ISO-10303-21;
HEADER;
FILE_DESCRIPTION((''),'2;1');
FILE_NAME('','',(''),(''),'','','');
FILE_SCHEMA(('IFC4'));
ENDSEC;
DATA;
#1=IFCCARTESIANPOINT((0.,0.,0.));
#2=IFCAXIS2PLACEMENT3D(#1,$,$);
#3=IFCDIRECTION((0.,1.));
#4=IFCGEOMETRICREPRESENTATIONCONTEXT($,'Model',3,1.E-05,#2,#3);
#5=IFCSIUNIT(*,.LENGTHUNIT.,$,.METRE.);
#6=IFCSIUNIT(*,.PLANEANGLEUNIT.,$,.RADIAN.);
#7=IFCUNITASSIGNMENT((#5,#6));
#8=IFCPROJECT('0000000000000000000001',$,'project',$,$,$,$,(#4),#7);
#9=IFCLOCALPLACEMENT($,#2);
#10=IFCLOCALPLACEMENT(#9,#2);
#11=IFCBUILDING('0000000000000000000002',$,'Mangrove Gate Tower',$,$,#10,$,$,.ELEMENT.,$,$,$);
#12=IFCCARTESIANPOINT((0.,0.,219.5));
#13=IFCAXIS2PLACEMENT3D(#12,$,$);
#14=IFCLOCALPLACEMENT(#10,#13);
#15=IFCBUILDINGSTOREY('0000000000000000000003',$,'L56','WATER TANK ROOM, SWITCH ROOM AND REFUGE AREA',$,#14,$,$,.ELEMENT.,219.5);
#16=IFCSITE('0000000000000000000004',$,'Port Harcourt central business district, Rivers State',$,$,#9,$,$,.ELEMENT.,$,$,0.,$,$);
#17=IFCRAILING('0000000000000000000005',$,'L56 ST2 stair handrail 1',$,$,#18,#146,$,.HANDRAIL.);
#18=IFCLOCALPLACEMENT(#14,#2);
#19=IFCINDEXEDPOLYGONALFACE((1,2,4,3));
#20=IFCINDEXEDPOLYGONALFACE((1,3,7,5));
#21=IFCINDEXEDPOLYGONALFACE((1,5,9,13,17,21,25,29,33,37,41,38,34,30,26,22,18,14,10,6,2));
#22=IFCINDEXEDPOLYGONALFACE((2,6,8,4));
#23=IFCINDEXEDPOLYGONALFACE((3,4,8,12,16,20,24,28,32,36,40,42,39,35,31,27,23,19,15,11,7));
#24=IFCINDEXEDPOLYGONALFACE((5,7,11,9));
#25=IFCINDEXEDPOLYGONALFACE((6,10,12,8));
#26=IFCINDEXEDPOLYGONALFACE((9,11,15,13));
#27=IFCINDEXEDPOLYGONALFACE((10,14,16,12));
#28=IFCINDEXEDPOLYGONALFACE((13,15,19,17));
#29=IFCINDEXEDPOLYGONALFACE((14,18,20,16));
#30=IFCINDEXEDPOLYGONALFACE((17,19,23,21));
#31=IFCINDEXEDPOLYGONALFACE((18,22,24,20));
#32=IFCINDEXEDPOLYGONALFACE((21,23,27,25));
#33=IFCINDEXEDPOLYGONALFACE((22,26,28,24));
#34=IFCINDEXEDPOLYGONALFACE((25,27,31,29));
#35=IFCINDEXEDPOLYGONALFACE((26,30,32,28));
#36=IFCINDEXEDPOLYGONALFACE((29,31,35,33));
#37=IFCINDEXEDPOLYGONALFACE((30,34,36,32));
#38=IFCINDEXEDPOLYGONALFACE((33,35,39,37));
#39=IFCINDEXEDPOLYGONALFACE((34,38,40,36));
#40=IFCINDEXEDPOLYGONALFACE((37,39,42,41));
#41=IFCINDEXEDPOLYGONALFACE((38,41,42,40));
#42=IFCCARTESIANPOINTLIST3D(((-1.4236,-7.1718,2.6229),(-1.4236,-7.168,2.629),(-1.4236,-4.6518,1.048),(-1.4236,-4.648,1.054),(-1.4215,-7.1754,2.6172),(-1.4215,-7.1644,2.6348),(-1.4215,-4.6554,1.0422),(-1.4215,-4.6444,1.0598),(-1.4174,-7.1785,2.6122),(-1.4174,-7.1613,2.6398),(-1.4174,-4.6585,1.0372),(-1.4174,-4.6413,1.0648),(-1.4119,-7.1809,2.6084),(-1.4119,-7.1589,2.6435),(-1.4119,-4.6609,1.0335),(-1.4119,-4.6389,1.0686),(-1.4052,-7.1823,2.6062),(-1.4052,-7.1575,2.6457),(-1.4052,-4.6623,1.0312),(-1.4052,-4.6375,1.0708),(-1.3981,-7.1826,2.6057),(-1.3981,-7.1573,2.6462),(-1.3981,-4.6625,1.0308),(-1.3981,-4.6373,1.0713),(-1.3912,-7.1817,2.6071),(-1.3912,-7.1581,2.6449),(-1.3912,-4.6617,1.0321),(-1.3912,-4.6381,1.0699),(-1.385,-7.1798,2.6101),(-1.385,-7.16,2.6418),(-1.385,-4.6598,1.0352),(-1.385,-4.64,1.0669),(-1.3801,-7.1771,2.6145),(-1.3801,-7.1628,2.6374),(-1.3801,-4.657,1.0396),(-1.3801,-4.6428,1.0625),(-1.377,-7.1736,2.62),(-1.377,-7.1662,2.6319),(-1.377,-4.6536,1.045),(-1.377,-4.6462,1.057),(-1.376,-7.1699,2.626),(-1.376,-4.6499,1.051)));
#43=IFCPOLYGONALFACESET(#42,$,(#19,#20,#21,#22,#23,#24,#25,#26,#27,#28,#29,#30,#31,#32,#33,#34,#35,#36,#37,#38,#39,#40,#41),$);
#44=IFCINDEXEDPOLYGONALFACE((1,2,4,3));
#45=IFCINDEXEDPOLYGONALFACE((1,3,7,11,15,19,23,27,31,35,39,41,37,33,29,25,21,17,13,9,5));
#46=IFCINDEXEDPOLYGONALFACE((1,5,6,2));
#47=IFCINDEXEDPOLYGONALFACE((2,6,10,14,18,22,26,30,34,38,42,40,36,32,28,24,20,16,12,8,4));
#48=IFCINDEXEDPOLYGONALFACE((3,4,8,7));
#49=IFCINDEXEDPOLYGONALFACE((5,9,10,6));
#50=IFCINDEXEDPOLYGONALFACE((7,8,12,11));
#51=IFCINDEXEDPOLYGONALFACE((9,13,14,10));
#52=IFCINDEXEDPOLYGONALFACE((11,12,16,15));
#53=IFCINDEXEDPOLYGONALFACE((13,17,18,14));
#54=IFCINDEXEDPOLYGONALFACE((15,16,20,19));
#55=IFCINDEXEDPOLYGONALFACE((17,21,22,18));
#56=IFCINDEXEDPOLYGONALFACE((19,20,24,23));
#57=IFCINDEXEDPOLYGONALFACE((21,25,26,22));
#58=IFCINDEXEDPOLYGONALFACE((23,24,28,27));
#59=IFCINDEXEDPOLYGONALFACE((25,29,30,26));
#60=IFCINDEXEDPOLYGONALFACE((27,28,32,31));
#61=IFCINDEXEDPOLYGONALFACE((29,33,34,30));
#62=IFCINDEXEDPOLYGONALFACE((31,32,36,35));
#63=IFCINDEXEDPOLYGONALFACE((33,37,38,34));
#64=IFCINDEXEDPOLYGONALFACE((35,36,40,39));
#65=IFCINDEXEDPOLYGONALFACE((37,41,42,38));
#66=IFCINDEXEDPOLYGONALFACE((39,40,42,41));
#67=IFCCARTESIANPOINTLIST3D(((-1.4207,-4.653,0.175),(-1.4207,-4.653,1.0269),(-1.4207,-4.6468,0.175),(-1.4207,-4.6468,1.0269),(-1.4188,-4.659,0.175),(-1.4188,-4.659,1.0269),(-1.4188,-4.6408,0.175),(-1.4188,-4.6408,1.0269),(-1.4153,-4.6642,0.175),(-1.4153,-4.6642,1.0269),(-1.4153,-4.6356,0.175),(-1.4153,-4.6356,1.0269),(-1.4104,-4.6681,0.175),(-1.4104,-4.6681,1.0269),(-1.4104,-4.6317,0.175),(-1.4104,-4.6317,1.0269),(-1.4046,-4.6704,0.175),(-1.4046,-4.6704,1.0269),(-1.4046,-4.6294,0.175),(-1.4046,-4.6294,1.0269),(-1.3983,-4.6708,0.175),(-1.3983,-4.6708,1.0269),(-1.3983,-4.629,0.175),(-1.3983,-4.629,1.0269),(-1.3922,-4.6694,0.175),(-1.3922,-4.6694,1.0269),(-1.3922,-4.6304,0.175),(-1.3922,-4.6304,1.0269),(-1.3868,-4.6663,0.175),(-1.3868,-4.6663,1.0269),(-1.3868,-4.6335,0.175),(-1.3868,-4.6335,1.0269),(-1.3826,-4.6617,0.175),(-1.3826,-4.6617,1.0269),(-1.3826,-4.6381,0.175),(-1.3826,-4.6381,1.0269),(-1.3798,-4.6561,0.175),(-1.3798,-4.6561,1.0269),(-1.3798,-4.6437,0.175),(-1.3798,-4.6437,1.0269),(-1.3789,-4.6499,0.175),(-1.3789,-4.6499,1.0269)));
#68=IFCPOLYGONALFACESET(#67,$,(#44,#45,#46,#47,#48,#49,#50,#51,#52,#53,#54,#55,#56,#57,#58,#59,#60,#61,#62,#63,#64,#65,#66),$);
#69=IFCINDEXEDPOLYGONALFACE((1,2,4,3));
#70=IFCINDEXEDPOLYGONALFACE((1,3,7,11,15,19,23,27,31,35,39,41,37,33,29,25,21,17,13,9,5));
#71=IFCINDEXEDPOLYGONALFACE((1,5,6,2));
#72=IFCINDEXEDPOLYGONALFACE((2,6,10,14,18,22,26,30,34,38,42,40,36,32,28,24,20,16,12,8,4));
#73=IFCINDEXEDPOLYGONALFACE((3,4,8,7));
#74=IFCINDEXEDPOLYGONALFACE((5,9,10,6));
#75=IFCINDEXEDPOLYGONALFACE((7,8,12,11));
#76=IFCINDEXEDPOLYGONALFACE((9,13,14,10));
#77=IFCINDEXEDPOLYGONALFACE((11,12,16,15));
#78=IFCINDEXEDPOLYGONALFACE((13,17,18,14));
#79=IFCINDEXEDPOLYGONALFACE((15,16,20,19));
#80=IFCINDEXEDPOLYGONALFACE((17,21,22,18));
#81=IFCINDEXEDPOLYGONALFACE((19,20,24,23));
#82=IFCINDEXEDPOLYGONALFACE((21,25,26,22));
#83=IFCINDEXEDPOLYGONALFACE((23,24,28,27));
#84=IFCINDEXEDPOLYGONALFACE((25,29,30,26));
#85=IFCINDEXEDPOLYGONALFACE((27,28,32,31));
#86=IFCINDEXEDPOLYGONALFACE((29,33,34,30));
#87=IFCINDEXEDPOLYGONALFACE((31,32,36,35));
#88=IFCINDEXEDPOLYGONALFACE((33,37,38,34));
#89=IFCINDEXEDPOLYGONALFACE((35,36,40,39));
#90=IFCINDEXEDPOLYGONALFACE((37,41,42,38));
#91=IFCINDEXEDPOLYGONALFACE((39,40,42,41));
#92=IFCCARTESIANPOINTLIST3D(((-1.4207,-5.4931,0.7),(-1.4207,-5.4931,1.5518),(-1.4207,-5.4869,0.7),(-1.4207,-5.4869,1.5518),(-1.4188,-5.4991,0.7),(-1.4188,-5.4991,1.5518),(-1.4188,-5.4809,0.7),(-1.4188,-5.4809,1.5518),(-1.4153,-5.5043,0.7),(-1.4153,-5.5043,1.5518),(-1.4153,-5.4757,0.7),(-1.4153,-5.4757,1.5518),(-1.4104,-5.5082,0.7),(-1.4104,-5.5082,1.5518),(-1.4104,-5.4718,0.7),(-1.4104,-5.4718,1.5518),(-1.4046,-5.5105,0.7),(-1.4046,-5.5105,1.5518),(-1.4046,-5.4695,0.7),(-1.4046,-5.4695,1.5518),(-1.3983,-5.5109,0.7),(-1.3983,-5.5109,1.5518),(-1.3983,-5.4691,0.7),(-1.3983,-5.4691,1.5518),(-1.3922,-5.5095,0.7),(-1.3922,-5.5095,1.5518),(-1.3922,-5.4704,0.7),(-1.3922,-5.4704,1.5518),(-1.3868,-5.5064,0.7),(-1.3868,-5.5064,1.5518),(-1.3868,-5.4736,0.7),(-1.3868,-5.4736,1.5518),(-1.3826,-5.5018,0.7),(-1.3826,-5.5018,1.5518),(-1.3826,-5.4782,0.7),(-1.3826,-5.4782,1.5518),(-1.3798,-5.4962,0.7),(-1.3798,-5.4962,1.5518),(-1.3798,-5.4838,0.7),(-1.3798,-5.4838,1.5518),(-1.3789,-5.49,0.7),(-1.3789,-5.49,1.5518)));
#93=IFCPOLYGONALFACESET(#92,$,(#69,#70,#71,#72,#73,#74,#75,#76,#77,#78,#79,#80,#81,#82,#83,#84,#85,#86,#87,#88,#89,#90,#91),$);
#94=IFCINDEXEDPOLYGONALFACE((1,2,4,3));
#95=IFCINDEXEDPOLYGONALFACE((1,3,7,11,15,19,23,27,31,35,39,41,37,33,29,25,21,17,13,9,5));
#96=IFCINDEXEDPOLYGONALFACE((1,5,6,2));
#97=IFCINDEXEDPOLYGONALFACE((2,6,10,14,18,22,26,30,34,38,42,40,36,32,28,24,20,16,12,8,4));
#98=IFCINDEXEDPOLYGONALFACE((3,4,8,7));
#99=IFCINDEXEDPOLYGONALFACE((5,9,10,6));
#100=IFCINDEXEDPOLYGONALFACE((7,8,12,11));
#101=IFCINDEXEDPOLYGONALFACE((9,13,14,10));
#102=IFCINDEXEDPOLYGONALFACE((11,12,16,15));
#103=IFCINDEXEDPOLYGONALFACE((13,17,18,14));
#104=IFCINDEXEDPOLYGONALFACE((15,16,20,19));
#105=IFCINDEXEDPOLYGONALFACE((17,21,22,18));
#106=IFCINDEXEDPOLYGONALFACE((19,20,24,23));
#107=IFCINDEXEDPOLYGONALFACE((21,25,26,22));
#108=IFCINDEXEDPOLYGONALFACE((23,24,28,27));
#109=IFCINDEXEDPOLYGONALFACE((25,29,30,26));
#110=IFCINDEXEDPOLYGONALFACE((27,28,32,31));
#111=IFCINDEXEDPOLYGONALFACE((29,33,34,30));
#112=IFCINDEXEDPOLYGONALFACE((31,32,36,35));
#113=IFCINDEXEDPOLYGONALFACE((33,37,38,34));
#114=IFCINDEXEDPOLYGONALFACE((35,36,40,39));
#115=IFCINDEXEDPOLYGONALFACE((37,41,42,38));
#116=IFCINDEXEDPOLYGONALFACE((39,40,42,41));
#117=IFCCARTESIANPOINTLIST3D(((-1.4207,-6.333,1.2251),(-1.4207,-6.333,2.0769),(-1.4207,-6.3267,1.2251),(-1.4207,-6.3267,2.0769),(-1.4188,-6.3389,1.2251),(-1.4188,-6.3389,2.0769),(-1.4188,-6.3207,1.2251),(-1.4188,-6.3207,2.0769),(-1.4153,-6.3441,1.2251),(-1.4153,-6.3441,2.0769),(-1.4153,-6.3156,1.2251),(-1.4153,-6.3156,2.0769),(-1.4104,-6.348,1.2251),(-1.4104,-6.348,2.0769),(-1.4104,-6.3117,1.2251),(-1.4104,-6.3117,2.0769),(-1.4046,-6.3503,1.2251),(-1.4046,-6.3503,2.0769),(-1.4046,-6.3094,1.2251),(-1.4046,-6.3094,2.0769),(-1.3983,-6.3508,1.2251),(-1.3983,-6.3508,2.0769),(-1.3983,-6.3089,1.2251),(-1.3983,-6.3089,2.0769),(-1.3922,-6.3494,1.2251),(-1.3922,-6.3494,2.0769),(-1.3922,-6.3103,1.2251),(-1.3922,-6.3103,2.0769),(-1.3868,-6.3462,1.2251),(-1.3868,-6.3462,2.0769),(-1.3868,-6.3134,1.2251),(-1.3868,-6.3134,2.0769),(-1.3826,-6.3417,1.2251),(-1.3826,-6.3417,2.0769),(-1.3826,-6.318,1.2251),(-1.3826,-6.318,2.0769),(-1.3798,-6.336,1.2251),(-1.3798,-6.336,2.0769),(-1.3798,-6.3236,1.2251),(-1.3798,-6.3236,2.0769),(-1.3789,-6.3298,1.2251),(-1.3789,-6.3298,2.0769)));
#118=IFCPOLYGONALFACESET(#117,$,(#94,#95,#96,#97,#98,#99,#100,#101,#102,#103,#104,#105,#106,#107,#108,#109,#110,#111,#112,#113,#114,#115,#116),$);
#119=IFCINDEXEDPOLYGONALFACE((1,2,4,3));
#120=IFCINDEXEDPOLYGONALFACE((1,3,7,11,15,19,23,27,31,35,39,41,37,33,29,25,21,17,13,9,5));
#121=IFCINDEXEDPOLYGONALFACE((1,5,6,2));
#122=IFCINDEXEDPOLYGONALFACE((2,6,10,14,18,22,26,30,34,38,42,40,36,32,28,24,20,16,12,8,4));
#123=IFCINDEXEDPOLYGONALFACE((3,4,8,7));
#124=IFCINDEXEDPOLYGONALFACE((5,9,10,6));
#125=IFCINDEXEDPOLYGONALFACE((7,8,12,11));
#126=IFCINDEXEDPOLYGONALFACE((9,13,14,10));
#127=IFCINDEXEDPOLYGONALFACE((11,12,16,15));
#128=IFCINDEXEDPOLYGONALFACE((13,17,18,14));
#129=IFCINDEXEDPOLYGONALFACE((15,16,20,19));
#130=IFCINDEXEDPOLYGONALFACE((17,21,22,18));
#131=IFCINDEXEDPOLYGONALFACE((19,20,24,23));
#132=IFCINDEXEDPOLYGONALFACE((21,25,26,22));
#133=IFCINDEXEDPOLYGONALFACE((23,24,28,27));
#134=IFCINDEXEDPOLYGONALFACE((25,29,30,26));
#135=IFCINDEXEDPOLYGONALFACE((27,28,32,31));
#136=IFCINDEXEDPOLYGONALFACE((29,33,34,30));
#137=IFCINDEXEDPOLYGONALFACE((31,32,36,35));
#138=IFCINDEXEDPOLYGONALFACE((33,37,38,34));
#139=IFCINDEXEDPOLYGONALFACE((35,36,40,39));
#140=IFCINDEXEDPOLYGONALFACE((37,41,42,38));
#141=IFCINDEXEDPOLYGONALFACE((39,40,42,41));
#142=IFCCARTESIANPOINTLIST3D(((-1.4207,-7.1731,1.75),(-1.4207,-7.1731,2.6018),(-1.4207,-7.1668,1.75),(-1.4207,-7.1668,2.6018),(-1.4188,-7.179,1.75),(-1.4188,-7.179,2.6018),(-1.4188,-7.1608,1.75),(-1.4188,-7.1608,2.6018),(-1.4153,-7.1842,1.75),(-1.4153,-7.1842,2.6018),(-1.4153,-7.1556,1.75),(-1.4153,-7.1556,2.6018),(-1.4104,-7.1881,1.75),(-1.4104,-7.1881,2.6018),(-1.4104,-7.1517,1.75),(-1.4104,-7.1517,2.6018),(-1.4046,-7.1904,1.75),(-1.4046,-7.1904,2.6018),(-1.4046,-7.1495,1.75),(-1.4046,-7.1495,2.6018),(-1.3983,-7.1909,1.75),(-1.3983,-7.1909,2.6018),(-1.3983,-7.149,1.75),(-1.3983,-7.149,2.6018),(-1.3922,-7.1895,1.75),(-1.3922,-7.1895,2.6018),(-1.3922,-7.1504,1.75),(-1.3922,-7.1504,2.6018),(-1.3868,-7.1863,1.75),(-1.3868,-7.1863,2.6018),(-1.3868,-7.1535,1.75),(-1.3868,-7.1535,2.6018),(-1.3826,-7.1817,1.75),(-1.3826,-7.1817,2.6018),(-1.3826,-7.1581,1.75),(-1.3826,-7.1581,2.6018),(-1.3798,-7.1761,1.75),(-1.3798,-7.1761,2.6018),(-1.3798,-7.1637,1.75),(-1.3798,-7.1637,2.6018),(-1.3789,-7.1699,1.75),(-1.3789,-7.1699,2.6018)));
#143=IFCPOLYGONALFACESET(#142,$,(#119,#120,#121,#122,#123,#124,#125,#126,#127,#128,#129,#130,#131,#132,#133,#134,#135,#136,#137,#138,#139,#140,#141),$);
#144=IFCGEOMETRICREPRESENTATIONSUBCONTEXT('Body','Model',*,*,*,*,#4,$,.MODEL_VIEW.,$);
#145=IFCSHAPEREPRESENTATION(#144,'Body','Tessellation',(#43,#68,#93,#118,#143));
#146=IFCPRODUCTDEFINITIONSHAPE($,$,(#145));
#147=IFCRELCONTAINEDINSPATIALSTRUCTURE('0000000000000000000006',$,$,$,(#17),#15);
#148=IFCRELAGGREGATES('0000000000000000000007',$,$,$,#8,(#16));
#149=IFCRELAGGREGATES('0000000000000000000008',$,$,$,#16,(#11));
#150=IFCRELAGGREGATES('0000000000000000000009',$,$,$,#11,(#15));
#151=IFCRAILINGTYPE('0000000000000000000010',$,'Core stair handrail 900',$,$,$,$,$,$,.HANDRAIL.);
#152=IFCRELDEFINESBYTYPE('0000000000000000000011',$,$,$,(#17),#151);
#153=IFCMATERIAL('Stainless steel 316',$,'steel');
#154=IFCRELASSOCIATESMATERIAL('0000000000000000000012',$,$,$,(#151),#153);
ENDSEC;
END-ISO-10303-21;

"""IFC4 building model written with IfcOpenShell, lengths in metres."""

from ifc_helpers import new_model, si_unit, direction, frame, origin, origin_2d, place, context, subcontext, project, spatial, circle, extrude, material, type_object, element, save


model = new_model("IFC4")

# Units and contexts
model_context = context("Model", 3, precision=1e-05, world=origin(), true_north=direction((0.0, 1.0)))
body_context = subcontext(model_context, "Body", "Model", "MODEL_VIEW")
ifc_project = project(units=[si_unit("LENGTHUNIT", "METRE"), si_unit("PLANEANGLEUNIT", "RADIAN")], contexts=[model_context])

# Site, building, storey
site_placement = place(None, origin())
site = spatial("IfcSite", under=ifc_project, at=site_placement, Name="Port Harcourt central business district, Rivers State", CompositionType="ELEMENT", RefElevation=0.0)
building_placement = place(site_placement, origin())
building = spatial("IfcBuilding", under=site, at=building_placement, Name="Mangrove Gate Tower", CompositionType="ELEMENT")
storey_placement = place(building_placement, frame((0.0, 0.0, 219.5)))
storey = spatial("IfcBuildingStorey", under=building, at=storey_placement, Name="L56", Description="WATER TANK ROOM, SWITCH ROOM AND REFUGE AREA", CompositionType="ELEMENT", Elevation=219.5)

# Railing
ifc_material_1 = material(Name="Stainless steel 316", Category="steel")
railing_type_1 = type_object("IfcRailingType", Name="Core stair handrail 900", PredefinedType="HANDRAIL", material=ifc_material_1)
for number, where, name in (
    (1, (-1.3999, -4.6499, 0.175), "L56 ST2 stair handrail 1"),
):
    element("IfcRailing", number, at=place(storey_placement, frame(where)), inside=storey, type_object=railing_type_1, Name=name, PredefinedType="HANDRAIL", context=body_context, shape_type="SweptSolid", body=[
        extrude(circle(Radius=0.0239, at=origin_2d()), frame((0.0, 0.0, 0.876), z_axis=(0.0, -0.848008, 0.529984), x_axis=(1.0, 0.0, 0.0)), (0.0, 0.0, 1.0), 2.9717),
        extrude(circle(Radius=0.021, at=origin_2d()), origin(), (0.0, 0.0, 1.0), 0.8518),
        extrude(circle(Radius=0.021, at=origin_2d()), frame((0.0, -0.8401, 0.5249)), (0.0, 0.0, 1.0), 0.8518),
        extrude(circle(Radius=0.021, at=origin_2d()), frame((0.0, -1.6799, 1.05)), (0.0, 0.0, 1.0), 0.8518),
        extrude(circle(Radius=0.021, at=origin_2d()), frame((0.0, -2.52, 1.575)), (0.0, 0.0, 1.0), 0.8518),
    ])

save(model, "model.ifc")
